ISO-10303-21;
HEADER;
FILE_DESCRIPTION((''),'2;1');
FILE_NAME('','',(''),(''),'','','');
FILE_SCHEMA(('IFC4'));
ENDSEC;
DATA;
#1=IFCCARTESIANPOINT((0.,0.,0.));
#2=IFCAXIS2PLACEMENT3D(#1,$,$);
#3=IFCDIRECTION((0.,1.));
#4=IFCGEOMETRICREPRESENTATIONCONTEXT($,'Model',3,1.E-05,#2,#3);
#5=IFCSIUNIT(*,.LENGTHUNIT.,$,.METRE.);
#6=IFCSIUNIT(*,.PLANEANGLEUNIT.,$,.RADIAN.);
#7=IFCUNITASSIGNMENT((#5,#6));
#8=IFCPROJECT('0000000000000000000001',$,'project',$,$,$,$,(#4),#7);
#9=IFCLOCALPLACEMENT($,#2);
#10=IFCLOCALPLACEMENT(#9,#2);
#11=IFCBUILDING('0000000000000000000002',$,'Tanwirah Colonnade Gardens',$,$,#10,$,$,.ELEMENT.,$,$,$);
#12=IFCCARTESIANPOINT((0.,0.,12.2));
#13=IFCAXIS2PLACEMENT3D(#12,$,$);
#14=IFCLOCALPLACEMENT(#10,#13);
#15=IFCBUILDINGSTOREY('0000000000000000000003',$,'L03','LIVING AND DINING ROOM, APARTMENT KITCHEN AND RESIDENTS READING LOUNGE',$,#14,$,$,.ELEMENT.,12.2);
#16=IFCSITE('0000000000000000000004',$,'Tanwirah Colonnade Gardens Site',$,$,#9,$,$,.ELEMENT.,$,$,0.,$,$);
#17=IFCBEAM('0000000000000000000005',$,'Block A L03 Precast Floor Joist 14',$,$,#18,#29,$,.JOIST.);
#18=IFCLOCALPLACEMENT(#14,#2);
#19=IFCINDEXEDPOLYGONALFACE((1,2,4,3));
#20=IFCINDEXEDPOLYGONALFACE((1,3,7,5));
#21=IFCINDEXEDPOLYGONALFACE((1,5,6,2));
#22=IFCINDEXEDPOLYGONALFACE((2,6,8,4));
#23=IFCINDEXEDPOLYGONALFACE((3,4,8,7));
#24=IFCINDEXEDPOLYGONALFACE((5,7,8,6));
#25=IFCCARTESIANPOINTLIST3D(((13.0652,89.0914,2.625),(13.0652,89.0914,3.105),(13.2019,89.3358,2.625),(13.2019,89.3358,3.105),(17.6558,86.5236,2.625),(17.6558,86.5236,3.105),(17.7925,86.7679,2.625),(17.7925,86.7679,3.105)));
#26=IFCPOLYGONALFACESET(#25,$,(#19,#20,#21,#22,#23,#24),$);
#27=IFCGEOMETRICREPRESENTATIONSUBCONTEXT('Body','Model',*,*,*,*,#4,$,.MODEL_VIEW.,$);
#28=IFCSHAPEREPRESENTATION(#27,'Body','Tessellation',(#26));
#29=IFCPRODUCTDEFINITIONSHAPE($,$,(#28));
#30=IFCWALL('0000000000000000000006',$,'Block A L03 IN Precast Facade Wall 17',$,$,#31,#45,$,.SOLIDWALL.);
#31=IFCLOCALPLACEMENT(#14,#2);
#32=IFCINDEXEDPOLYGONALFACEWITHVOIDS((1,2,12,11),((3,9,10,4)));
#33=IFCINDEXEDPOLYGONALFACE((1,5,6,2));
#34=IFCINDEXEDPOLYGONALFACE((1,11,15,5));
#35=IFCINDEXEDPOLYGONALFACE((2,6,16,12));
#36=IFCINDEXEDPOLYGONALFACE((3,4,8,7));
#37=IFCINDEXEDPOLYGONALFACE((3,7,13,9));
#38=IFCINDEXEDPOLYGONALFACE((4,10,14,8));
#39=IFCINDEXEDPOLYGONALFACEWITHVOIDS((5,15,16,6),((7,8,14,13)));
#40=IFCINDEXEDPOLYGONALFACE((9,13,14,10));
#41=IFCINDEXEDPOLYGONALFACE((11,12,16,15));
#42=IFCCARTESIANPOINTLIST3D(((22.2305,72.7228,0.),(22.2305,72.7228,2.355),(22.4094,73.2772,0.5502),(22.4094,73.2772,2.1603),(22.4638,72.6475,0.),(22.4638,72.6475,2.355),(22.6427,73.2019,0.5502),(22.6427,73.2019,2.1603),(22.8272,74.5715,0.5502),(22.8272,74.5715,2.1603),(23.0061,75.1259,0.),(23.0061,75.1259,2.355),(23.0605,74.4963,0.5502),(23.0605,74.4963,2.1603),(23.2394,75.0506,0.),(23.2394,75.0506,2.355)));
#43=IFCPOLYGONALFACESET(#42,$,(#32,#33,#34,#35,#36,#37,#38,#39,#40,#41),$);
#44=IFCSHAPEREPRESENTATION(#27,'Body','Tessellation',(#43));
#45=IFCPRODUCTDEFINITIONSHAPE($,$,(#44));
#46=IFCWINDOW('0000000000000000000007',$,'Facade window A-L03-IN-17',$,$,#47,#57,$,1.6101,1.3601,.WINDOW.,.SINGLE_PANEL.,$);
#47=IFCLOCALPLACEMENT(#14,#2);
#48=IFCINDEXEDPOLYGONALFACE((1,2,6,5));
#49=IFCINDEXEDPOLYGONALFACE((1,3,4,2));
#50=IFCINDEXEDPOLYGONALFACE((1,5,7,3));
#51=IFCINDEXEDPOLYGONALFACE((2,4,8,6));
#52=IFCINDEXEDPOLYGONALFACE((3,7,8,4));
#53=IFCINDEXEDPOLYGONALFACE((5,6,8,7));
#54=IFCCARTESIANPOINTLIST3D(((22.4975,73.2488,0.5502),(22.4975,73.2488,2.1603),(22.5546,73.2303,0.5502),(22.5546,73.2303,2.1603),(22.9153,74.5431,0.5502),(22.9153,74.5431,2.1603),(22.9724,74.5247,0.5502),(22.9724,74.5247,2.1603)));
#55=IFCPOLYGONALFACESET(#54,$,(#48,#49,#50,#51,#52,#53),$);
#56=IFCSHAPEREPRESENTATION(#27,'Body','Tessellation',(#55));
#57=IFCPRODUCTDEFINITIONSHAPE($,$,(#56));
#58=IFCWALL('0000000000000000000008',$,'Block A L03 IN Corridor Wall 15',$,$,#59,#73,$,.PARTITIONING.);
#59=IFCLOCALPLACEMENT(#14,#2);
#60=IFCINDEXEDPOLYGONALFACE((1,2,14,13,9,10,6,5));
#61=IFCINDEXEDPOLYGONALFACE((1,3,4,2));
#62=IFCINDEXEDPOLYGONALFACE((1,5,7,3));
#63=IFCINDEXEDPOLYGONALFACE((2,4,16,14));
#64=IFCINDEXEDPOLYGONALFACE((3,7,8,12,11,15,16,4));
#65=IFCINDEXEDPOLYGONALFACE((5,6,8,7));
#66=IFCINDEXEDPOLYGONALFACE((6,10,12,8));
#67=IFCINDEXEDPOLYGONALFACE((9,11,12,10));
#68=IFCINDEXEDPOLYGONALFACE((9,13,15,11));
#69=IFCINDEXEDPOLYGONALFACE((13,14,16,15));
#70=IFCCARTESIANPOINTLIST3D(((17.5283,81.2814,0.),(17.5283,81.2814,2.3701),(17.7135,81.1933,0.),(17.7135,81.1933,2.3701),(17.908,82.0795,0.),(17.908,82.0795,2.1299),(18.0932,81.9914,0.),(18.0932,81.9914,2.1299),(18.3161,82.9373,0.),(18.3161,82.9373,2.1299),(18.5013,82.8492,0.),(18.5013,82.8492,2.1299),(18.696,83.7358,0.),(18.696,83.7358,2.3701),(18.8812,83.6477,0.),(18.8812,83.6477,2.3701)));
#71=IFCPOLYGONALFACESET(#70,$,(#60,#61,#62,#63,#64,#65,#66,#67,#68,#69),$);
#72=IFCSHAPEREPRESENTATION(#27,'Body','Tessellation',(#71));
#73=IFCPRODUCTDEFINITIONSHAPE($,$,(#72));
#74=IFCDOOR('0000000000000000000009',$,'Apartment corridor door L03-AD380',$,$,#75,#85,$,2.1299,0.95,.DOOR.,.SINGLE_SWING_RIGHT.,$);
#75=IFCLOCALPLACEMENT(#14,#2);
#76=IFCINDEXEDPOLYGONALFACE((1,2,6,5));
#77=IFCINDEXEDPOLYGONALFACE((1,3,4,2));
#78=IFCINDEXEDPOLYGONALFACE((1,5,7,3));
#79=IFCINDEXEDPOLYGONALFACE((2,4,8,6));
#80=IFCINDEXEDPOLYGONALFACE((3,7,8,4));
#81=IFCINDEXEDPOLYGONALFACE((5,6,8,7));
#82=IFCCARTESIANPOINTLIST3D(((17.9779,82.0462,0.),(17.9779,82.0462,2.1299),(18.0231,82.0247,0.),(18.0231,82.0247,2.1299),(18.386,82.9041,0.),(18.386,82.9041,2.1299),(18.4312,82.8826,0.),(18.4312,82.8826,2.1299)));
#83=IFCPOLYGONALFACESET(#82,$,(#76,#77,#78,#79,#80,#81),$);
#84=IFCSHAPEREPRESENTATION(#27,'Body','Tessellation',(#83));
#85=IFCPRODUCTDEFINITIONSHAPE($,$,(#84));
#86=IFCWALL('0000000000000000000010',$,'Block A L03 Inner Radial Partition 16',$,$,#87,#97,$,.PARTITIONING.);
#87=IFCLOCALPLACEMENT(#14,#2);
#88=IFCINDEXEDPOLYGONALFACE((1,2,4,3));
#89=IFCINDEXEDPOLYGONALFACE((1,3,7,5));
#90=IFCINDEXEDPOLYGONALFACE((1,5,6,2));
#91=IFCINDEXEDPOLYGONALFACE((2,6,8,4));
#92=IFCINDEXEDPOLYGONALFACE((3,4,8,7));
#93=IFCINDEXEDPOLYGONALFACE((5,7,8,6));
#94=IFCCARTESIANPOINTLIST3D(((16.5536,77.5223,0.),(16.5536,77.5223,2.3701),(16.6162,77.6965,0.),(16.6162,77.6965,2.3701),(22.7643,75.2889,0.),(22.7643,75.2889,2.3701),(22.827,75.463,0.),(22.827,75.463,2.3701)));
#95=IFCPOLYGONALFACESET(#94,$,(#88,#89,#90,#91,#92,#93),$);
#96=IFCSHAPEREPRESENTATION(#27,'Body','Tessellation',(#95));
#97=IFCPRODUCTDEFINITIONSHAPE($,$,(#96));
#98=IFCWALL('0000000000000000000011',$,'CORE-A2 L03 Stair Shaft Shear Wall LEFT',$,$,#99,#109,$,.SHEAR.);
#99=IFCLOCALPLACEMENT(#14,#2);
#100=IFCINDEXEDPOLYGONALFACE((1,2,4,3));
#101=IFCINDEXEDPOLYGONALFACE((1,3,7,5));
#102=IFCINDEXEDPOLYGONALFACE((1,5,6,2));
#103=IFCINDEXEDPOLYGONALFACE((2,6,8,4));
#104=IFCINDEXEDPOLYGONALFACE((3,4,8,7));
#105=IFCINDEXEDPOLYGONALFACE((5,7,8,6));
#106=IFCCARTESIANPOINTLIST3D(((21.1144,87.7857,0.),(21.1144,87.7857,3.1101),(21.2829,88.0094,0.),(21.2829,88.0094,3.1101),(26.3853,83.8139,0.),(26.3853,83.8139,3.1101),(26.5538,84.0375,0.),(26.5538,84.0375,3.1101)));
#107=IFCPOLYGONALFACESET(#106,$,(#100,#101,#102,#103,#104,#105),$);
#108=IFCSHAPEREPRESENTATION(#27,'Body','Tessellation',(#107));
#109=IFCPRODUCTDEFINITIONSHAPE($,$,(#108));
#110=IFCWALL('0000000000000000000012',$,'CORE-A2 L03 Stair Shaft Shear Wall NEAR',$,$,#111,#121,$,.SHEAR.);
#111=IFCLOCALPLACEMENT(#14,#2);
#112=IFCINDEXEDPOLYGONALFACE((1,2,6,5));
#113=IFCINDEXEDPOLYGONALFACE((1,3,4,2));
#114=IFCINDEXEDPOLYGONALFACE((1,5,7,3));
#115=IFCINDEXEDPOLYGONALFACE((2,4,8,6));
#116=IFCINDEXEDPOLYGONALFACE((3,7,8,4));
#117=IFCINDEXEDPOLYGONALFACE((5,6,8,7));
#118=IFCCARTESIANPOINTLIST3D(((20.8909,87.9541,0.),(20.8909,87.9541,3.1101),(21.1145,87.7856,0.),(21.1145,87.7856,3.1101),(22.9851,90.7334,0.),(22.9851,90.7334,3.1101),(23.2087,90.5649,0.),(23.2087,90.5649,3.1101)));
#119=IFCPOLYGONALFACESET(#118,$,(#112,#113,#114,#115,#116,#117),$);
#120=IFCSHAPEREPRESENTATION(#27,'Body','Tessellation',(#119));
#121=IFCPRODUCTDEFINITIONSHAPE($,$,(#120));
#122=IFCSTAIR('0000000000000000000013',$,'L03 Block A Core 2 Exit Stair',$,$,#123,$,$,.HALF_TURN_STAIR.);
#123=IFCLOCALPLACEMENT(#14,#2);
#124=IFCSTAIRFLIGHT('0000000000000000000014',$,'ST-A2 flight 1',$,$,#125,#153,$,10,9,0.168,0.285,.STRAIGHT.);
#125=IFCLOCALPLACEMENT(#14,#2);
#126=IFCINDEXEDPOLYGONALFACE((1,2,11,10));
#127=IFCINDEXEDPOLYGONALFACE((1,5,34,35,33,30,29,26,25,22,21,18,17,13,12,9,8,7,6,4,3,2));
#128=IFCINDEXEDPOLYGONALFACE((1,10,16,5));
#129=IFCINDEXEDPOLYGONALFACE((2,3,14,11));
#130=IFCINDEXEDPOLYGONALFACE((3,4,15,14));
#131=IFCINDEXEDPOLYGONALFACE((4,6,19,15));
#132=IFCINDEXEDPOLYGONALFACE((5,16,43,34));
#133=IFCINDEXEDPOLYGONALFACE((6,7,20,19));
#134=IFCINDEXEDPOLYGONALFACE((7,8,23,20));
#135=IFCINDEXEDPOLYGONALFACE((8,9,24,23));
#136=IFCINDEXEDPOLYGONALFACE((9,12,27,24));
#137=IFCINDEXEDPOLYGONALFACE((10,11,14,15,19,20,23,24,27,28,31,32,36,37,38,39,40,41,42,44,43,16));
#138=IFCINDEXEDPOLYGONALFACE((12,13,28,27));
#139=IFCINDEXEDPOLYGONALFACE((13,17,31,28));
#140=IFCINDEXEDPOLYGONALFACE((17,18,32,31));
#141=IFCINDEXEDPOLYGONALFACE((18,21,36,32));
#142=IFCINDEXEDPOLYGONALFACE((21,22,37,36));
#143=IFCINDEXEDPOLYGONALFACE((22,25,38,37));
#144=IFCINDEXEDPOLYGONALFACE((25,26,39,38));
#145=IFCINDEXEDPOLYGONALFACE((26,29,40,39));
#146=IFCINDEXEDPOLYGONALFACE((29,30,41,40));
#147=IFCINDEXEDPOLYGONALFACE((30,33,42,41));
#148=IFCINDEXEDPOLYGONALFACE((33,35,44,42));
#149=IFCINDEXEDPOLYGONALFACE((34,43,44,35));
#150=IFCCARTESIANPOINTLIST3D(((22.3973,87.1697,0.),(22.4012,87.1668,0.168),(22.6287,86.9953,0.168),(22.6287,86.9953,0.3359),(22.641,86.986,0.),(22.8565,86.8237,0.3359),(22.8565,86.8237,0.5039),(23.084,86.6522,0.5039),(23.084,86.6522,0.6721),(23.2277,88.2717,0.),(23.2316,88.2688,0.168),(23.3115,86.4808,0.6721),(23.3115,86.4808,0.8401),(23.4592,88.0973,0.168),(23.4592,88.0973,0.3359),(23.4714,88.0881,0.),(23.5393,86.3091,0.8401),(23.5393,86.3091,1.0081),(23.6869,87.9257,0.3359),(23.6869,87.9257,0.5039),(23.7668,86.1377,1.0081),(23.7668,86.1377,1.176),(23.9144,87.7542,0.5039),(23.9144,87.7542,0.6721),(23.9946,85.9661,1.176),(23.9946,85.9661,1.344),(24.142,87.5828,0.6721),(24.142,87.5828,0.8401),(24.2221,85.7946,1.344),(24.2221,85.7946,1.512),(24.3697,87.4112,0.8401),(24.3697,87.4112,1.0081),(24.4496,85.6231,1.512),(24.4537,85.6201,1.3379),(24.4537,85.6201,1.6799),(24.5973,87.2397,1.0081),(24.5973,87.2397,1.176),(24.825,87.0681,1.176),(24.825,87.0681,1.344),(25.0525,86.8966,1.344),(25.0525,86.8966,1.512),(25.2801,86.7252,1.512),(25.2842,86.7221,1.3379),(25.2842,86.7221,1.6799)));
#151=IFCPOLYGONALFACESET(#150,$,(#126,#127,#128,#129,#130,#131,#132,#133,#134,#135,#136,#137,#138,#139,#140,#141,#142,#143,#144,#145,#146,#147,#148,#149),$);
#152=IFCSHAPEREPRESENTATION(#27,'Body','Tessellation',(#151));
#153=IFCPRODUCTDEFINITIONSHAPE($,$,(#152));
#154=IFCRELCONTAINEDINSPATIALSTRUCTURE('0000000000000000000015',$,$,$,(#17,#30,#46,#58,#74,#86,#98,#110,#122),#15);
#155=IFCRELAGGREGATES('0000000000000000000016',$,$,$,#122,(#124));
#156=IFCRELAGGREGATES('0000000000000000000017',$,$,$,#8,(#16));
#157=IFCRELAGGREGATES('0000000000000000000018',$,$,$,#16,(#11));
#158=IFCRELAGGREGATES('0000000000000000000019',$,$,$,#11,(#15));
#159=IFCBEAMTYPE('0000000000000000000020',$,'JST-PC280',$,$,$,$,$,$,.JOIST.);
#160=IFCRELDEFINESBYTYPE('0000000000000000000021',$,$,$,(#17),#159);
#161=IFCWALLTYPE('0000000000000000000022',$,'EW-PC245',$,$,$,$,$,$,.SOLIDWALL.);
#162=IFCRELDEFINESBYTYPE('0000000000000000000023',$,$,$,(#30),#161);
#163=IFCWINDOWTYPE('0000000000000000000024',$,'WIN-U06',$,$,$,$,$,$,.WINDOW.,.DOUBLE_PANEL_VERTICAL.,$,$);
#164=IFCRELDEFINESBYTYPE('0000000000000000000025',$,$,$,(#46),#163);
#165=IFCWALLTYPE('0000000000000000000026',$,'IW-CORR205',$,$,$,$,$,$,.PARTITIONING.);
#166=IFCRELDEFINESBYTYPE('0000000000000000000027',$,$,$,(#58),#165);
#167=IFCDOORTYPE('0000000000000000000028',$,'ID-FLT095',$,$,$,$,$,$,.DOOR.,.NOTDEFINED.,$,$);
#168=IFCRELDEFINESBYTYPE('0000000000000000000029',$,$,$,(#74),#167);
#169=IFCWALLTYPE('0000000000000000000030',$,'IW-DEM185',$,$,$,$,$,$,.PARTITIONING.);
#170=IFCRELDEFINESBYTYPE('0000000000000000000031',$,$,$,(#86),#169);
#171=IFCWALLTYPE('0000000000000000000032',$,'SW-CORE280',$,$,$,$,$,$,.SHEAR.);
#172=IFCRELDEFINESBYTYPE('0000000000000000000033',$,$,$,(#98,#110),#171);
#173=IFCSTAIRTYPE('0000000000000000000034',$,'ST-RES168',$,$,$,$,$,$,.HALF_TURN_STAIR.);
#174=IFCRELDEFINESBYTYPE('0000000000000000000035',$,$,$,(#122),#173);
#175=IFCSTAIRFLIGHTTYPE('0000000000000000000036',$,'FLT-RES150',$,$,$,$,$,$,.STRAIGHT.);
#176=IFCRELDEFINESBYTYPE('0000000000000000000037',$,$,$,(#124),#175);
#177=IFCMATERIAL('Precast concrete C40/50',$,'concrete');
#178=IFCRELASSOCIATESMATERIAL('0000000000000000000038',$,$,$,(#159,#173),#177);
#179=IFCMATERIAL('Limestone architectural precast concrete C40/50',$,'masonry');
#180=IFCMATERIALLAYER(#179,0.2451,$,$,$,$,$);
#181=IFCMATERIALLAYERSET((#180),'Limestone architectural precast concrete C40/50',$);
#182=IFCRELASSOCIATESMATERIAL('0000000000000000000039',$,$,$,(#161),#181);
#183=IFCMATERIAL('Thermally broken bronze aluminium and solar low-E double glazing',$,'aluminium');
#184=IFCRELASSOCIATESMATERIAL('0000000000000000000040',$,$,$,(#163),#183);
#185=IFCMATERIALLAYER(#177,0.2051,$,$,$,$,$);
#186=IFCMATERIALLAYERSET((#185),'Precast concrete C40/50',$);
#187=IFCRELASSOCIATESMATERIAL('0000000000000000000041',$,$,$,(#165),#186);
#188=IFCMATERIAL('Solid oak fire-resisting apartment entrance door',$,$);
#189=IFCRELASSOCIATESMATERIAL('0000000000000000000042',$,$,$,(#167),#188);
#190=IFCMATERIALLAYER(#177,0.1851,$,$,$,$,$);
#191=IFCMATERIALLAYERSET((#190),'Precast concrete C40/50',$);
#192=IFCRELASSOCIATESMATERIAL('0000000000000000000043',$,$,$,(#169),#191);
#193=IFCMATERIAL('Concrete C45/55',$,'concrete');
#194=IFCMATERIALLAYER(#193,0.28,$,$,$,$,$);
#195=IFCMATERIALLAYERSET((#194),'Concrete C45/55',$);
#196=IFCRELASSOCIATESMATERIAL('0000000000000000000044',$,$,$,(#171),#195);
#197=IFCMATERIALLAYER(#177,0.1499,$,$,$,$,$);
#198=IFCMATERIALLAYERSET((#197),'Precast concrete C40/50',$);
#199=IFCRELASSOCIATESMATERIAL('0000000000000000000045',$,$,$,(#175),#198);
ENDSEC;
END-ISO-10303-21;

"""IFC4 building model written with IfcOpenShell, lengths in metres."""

from ifc_helpers import new_model, si_unit, direction, frame, frame_2d, origin, origin_2d, place, context, subcontext, project, spatial, polyline, rectangle, outline, extrude, material, layer, layer_set, material_profile, profile_set, type_object, element, fill, aggregate, save


model = new_model("IFC4")

# Units and contexts
model_context = context("Model", 3, precision=1e-05, world=origin(), true_north=direction((0.0, 1.0)))
body_context = subcontext(model_context, "Body", "Model", "MODEL_VIEW")
ifc_project = project(units=[si_unit("LENGTHUNIT", "METRE"), si_unit("PLANEANGLEUNIT", "RADIAN")], contexts=[model_context])

# Site, building, storey
site_placement = place(None, origin())
site = spatial("IfcSite", under=ifc_project, at=site_placement, Name="Tanwirah Colonnade Gardens Site", CompositionType="ELEMENT", RefElevation=0.0)
building_placement = place(site_placement, origin())
building = spatial("IfcBuilding", under=site, at=building_placement, Name="Tanwirah Colonnade Gardens", CompositionType="ELEMENT")
storey_placement = place(building_placement, frame((0.0, 0.0, 12.2)))
storey = spatial("IfcBuildingStorey", under=building, at=storey_placement, Name="L03", Description="LIVING AND DINING ROOM, APARTMENT KITCHEN AND RESIDENTS READING LOUNGE", CompositionType="ELEMENT", Elevation=12.2)

# Beam
ifc_material_1 = material(Name="Precast concrete C40/50", Category="concrete")
ifc_material_profile_1 = material_profile(ifc_material_1, rectangle(XDim=0.28, YDim=0.48, at=origin_2d()), Name="PC-JST 280x480")
ifc_profile_set_1 = profile_set([ifc_material_profile_1], Name="Precast concrete C40/50")
beam_type_1 = type_object("IfcBeamType", Name="JST-PC280", PredefinedType="JOIST", material=ifc_profile_set_1)
beam_1_placement = place(storey_placement, frame((17.7241, 86.6458, 2.865), z_axis=(-0.872737, 0.488191, 0.0), x_axis=(-0.488191, -0.872737, 0.0)))
element("IfcBeam", 1, at=beam_1_placement, inside=storey, type_object=beam_type_1, Name="Block A L03 Precast Floor Joist 14", PredefinedType="JOIST", context=body_context, shape_type="SweptSolid", body=[
    extrude(rectangle(XDim=0.28, YDim=0.48, at=origin_2d()), origin(), (0.0, 0.0, 1.0), 5.26),
])

# Wall, opening, window
ifc_material_2 = material(Name="Limestone architectural precast concrete C40/50", Category="masonry")
ifc_layer_1 = layer(ifc_material_2, 0.2451)
ifc_layer_set_1 = layer_set([ifc_layer_1], Name="Limestone architectural precast concrete C40/50")
wall_type_1 = type_object("IfcWallType", Name="EW-PC245", PredefinedType="SOLIDWALL", material=ifc_layer_set_1)
wall_1_placement = place(storey_placement, frame((23.1228, 75.0884, 0.0), z_axis=(0.0, 0.0, 1.0), x_axis=(-0.307164, -0.951657, 0.0)))
wall_1 = element("IfcWall", 2, at=wall_1_placement, inside=storey, type_object=wall_type_1, Name="Block A L03 IN Precast Facade Wall 17", PredefinedType="SOLIDWALL", context=body_context, shape_type="SweptSolid", body=[
    extrude(rectangle(XDim=2.5251, YDim=0.2451, at=frame_2d((1.2627, 0.0))), origin(), (0.0, 0.0, 1.0), 2.355),
])
opening_1_placement = place(wall_1_placement, frame((0.5825, 0.0, 0.55)))
opening_1 = element("IfcOpeningElement", 3, at=opening_1_placement, cuts=wall_1, PredefinedType="OPENING", context=body_context, shape_type="SweptSolid", body=[
    extrude(rectangle(XDim=1.3601, YDim=1.6101, at=frame_2d((0.6802, 0.8052))), frame((0.0, 0.1326, 0.0), z_axis=(0.0, -1.0, 0.0), x_axis=(1.0, 0.0, 0.0)), (0.0, 0.0, 1.0), 0.2651),
])
ifc_material_3 = material(Name="Thermally broken bronze aluminium and solar low-E double glazing", Category="aluminium")
window_type = type_object("IfcWindowType", Name="WIN-U06", PartitioningType="DOUBLE_PANEL_VERTICAL", PredefinedType="WINDOW", material=ifc_material_3)
window_placement = place(opening_1_placement, origin())
window = element("IfcWindow", 4, at=window_placement, inside=storey, type_object=window_type, Name="Facade window A-L03-IN-17", OverallHeight=1.6101, OverallWidth=1.3601, PartitioningType="SINGLE_PANEL", PredefinedType="WINDOW", context=body_context, shape_type="SweptSolid", body=[
    extrude(rectangle(XDim=1.3601, YDim=1.6101, at=frame_2d((0.6802, 0.8052))), frame((0.0, 0.03, 0.0), z_axis=(0.0, -1.0, 0.0), x_axis=(1.0, 0.0, 0.0)), (0.0, 0.0, 1.0), 0.0601),
])
fill(opening_1, window)

# Wall, opening, door
ifc_layer_2 = layer(ifc_material_1, 0.2051)
ifc_layer_set_2 = layer_set([ifc_layer_2], Name="Precast concrete C40/50")
wall_type_2 = type_object("IfcWallType", Name="IW-CORR205", PredefinedType="PARTITIONING", material=ifc_layer_set_2)
ifc_material_4 = material(Name="Solid oak fire-resisting apartment entrance door")
wall_2_placement = place(storey_placement, frame((18.7886, 83.6917, 0.0), z_axis=(0.0, 0.0, 1.0), x_axis=(-0.42963, -0.903005, 0.0)))
wall_2 = element("IfcWall", 5, at=wall_2_placement, inside=storey, type_object=wall_type_2, Name="Block A L03 IN Corridor Wall 15", PredefinedType="PARTITIONING", context=body_context, shape_type="SweptSolid", body=[
    extrude(rectangle(XDim=2.718, YDim=0.2051, at=frame_2d((1.3589, 0.0))), origin(), (0.0, 0.0, 1.0), 2.3701),
])
opening_2_placement = place(wall_2_placement, frame((0.884, 0.0, 0.0)))
opening_2 = element("IfcOpeningElement", 6, at=opening_2_placement, cuts=wall_2, PredefinedType="OPENING", context=body_context, shape_type="SweptSolid", body=[
    extrude(rectangle(XDim=0.95, YDim=2.1299, at=frame_2d((0.4751, 1.0649))), frame((0.0, 0.1125, 0.0), z_axis=(0.0, -1.0, 0.0), x_axis=(1.0, 0.0, 0.0)), (0.0, 0.0, 1.0), 0.2251),
])
door_type_1 = type_object("IfcDoorType", Name="ID-FLT095", OperationType="NOTDEFINED", PredefinedType="DOOR", material=ifc_material_4)
door_1_placement = place(opening_2_placement, origin())
door_1 = element("IfcDoor", 7, at=door_1_placement, inside=storey, type_object=door_type_1, Name="Apartment corridor door L03-AD380", OperationType="SINGLE_SWING_RIGHT", OverallHeight=2.1299, OverallWidth=0.95, PredefinedType="DOOR", context=body_context, shape_type="SweptSolid", body=[
    extrude(rectangle(XDim=0.95, YDim=2.1299, at=frame_2d((0.4751, 1.0649))), frame((0.0, 0.0249, 0.0), z_axis=(0.0, -1.0, 0.0), x_axis=(1.0, 0.0, 0.0)), (0.0, 0.0, 1.0), 0.05),
])
fill(opening_2, door_1)

# Walls
ifc_layer_3 = layer(ifc_material_1, 0.1851)
ifc_layer_set_3 = layer_set([ifc_layer_3], Name="Precast concrete C40/50")
wall_type_3 = type_object("IfcWallType", Name="IW-DEM185", PredefinedType="PARTITIONING", material=ifc_layer_set_3)
wall_3_placement = place(storey_placement, frame((22.7957, 75.376, 0.0), z_axis=(0.0, 0.0, 1.0), x_axis=(-0.941006, 0.338391, 0.0)))
element("IfcWall", 8, at=wall_3_placement, inside=storey, type_object=wall_type_3, Name="Block A L03 Inner Radial Partition 16", PredefinedType="PARTITIONING", context=body_context, shape_type="SweptSolid", body=[
    extrude(rectangle(XDim=6.6001, YDim=0.1851, at=frame_2d((3.3, 0.0))), origin(), (0.0, 0.0, 1.0), 2.3701),
])
ifc_material_5 = material(Name="Concrete C45/55", Category="concrete")
ifc_layer_4 = layer(ifc_material_5, 0.28)
ifc_layer_set_4 = layer_set([ifc_layer_4], Name="Concrete C45/55")
wall_type_4 = type_object("IfcWallType", Name="SW-CORE280", PredefinedType="SHEAR", material=ifc_layer_set_4)
wall_4_placement = place(storey_placement, frame((21.1987, 87.8975, 0.0), z_axis=(0.0, 0.0, 1.0), x_axis=(0.79864, -0.60181, 0.0)))
element("IfcWall", 9, at=wall_4_placement, inside=storey, type_object=wall_type_4, Name="CORE-A2 L03 Stair Shaft Shear Wall LEFT", PredefinedType="SHEAR", context=body_context, shape_type="SweptSolid", body=[
    extrude(rectangle(XDim=6.5999, YDim=0.28, at=frame_2d((3.2998, 0.0))), origin(), (0.0, 0.0, 1.0), 3.1101),
])
wall_5_placement = place(storey_placement, frame((21.0027, 87.8699, 0.0), z_axis=(0.0, 0.0, 1.0), x_axis=(0.601794, 0.798651, 0.0)))
element("IfcWall", 10, at=wall_5_placement, inside=storey, type_object=wall_type_4, Name="CORE-A2 L03 Stair Shaft Shear Wall NEAR", PredefinedType="SHEAR", context=body_context, shape_type="SweptSolid", body=[
    extrude(rectangle(XDim=3.48, YDim=0.28, at=frame_2d((1.74, 0.0))), origin(), (0.0, 0.0, 1.0), 3.1101),
])

# Stair, stair flight
stair_type = type_object("IfcStairType", Name="ST-RES168", PredefinedType="HALF_TURN_STAIR", material=ifc_material_1)
stair_placement = place(storey_placement, origin())
stair = element("IfcStair", 11, at=stair_placement, inside=storey, type_object=stair_type, Name="L03 Block A Core 2 Exit Stair", PredefinedType="HALF_TURN_STAIR")
ifc_layer_5 = layer(ifc_material_1, 0.1499)
ifc_layer_set_5 = layer_set([ifc_layer_5], Name="Precast concrete C40/50")
stair_flight_type = type_object("IfcStairFlightType", Name="FLT-RES150", PredefinedType="STRAIGHT", material=ifc_layer_set_5)
stair_flight_placement = place(storey_placement, frame((22.8164, 87.7178, 0.0), z_axis=(0.0, 0.0, 1.0), x_axis=(0.798636, -0.601815, 0.0)))
stair_flight = element("IfcStairFlight", 12, at=stair_flight_placement, type_object=stair_flight_type, Name="ST-A2 flight 1", NumberOfRisers=10, NumberOfTreads=9, PredefinedType="STRAIGHT", RiserHeight=0.168, TreadLength=0.285, context=body_context, shape_type="SweptSolid", body=[
    extrude(outline(polyline([(-0.0049, 0.0), (0.0, 0.168), (0.2849, 0.168), (0.2849, 0.3359), (0.5701, 0.3359), (0.5701, 0.5039), (0.855, 0.5039), (0.855, 0.6721), (1.1399, 0.6721), (1.1399, 0.8401), (1.425, 0.8401), (1.425, 1.0081), (1.71, 1.0081), (1.71, 1.176), (1.9951, 1.176), (1.9951, 1.344), (2.28, 1.344), (2.28, 1.512), (2.5649, 1.512), (2.5701, 1.6799), (2.5701, 1.3379), (0.3003, 0.0), (-0.0049, 0.0)])), frame((0.0, 0.6899, 0.0), z_axis=(0.0, -1.0, 0.0), x_axis=(1.0, 0.0, 0.0)), (0.0, 0.0, 1.0), 1.3799),
])
aggregate(stair, [stair_flight])

save(model, "model.ifc")
